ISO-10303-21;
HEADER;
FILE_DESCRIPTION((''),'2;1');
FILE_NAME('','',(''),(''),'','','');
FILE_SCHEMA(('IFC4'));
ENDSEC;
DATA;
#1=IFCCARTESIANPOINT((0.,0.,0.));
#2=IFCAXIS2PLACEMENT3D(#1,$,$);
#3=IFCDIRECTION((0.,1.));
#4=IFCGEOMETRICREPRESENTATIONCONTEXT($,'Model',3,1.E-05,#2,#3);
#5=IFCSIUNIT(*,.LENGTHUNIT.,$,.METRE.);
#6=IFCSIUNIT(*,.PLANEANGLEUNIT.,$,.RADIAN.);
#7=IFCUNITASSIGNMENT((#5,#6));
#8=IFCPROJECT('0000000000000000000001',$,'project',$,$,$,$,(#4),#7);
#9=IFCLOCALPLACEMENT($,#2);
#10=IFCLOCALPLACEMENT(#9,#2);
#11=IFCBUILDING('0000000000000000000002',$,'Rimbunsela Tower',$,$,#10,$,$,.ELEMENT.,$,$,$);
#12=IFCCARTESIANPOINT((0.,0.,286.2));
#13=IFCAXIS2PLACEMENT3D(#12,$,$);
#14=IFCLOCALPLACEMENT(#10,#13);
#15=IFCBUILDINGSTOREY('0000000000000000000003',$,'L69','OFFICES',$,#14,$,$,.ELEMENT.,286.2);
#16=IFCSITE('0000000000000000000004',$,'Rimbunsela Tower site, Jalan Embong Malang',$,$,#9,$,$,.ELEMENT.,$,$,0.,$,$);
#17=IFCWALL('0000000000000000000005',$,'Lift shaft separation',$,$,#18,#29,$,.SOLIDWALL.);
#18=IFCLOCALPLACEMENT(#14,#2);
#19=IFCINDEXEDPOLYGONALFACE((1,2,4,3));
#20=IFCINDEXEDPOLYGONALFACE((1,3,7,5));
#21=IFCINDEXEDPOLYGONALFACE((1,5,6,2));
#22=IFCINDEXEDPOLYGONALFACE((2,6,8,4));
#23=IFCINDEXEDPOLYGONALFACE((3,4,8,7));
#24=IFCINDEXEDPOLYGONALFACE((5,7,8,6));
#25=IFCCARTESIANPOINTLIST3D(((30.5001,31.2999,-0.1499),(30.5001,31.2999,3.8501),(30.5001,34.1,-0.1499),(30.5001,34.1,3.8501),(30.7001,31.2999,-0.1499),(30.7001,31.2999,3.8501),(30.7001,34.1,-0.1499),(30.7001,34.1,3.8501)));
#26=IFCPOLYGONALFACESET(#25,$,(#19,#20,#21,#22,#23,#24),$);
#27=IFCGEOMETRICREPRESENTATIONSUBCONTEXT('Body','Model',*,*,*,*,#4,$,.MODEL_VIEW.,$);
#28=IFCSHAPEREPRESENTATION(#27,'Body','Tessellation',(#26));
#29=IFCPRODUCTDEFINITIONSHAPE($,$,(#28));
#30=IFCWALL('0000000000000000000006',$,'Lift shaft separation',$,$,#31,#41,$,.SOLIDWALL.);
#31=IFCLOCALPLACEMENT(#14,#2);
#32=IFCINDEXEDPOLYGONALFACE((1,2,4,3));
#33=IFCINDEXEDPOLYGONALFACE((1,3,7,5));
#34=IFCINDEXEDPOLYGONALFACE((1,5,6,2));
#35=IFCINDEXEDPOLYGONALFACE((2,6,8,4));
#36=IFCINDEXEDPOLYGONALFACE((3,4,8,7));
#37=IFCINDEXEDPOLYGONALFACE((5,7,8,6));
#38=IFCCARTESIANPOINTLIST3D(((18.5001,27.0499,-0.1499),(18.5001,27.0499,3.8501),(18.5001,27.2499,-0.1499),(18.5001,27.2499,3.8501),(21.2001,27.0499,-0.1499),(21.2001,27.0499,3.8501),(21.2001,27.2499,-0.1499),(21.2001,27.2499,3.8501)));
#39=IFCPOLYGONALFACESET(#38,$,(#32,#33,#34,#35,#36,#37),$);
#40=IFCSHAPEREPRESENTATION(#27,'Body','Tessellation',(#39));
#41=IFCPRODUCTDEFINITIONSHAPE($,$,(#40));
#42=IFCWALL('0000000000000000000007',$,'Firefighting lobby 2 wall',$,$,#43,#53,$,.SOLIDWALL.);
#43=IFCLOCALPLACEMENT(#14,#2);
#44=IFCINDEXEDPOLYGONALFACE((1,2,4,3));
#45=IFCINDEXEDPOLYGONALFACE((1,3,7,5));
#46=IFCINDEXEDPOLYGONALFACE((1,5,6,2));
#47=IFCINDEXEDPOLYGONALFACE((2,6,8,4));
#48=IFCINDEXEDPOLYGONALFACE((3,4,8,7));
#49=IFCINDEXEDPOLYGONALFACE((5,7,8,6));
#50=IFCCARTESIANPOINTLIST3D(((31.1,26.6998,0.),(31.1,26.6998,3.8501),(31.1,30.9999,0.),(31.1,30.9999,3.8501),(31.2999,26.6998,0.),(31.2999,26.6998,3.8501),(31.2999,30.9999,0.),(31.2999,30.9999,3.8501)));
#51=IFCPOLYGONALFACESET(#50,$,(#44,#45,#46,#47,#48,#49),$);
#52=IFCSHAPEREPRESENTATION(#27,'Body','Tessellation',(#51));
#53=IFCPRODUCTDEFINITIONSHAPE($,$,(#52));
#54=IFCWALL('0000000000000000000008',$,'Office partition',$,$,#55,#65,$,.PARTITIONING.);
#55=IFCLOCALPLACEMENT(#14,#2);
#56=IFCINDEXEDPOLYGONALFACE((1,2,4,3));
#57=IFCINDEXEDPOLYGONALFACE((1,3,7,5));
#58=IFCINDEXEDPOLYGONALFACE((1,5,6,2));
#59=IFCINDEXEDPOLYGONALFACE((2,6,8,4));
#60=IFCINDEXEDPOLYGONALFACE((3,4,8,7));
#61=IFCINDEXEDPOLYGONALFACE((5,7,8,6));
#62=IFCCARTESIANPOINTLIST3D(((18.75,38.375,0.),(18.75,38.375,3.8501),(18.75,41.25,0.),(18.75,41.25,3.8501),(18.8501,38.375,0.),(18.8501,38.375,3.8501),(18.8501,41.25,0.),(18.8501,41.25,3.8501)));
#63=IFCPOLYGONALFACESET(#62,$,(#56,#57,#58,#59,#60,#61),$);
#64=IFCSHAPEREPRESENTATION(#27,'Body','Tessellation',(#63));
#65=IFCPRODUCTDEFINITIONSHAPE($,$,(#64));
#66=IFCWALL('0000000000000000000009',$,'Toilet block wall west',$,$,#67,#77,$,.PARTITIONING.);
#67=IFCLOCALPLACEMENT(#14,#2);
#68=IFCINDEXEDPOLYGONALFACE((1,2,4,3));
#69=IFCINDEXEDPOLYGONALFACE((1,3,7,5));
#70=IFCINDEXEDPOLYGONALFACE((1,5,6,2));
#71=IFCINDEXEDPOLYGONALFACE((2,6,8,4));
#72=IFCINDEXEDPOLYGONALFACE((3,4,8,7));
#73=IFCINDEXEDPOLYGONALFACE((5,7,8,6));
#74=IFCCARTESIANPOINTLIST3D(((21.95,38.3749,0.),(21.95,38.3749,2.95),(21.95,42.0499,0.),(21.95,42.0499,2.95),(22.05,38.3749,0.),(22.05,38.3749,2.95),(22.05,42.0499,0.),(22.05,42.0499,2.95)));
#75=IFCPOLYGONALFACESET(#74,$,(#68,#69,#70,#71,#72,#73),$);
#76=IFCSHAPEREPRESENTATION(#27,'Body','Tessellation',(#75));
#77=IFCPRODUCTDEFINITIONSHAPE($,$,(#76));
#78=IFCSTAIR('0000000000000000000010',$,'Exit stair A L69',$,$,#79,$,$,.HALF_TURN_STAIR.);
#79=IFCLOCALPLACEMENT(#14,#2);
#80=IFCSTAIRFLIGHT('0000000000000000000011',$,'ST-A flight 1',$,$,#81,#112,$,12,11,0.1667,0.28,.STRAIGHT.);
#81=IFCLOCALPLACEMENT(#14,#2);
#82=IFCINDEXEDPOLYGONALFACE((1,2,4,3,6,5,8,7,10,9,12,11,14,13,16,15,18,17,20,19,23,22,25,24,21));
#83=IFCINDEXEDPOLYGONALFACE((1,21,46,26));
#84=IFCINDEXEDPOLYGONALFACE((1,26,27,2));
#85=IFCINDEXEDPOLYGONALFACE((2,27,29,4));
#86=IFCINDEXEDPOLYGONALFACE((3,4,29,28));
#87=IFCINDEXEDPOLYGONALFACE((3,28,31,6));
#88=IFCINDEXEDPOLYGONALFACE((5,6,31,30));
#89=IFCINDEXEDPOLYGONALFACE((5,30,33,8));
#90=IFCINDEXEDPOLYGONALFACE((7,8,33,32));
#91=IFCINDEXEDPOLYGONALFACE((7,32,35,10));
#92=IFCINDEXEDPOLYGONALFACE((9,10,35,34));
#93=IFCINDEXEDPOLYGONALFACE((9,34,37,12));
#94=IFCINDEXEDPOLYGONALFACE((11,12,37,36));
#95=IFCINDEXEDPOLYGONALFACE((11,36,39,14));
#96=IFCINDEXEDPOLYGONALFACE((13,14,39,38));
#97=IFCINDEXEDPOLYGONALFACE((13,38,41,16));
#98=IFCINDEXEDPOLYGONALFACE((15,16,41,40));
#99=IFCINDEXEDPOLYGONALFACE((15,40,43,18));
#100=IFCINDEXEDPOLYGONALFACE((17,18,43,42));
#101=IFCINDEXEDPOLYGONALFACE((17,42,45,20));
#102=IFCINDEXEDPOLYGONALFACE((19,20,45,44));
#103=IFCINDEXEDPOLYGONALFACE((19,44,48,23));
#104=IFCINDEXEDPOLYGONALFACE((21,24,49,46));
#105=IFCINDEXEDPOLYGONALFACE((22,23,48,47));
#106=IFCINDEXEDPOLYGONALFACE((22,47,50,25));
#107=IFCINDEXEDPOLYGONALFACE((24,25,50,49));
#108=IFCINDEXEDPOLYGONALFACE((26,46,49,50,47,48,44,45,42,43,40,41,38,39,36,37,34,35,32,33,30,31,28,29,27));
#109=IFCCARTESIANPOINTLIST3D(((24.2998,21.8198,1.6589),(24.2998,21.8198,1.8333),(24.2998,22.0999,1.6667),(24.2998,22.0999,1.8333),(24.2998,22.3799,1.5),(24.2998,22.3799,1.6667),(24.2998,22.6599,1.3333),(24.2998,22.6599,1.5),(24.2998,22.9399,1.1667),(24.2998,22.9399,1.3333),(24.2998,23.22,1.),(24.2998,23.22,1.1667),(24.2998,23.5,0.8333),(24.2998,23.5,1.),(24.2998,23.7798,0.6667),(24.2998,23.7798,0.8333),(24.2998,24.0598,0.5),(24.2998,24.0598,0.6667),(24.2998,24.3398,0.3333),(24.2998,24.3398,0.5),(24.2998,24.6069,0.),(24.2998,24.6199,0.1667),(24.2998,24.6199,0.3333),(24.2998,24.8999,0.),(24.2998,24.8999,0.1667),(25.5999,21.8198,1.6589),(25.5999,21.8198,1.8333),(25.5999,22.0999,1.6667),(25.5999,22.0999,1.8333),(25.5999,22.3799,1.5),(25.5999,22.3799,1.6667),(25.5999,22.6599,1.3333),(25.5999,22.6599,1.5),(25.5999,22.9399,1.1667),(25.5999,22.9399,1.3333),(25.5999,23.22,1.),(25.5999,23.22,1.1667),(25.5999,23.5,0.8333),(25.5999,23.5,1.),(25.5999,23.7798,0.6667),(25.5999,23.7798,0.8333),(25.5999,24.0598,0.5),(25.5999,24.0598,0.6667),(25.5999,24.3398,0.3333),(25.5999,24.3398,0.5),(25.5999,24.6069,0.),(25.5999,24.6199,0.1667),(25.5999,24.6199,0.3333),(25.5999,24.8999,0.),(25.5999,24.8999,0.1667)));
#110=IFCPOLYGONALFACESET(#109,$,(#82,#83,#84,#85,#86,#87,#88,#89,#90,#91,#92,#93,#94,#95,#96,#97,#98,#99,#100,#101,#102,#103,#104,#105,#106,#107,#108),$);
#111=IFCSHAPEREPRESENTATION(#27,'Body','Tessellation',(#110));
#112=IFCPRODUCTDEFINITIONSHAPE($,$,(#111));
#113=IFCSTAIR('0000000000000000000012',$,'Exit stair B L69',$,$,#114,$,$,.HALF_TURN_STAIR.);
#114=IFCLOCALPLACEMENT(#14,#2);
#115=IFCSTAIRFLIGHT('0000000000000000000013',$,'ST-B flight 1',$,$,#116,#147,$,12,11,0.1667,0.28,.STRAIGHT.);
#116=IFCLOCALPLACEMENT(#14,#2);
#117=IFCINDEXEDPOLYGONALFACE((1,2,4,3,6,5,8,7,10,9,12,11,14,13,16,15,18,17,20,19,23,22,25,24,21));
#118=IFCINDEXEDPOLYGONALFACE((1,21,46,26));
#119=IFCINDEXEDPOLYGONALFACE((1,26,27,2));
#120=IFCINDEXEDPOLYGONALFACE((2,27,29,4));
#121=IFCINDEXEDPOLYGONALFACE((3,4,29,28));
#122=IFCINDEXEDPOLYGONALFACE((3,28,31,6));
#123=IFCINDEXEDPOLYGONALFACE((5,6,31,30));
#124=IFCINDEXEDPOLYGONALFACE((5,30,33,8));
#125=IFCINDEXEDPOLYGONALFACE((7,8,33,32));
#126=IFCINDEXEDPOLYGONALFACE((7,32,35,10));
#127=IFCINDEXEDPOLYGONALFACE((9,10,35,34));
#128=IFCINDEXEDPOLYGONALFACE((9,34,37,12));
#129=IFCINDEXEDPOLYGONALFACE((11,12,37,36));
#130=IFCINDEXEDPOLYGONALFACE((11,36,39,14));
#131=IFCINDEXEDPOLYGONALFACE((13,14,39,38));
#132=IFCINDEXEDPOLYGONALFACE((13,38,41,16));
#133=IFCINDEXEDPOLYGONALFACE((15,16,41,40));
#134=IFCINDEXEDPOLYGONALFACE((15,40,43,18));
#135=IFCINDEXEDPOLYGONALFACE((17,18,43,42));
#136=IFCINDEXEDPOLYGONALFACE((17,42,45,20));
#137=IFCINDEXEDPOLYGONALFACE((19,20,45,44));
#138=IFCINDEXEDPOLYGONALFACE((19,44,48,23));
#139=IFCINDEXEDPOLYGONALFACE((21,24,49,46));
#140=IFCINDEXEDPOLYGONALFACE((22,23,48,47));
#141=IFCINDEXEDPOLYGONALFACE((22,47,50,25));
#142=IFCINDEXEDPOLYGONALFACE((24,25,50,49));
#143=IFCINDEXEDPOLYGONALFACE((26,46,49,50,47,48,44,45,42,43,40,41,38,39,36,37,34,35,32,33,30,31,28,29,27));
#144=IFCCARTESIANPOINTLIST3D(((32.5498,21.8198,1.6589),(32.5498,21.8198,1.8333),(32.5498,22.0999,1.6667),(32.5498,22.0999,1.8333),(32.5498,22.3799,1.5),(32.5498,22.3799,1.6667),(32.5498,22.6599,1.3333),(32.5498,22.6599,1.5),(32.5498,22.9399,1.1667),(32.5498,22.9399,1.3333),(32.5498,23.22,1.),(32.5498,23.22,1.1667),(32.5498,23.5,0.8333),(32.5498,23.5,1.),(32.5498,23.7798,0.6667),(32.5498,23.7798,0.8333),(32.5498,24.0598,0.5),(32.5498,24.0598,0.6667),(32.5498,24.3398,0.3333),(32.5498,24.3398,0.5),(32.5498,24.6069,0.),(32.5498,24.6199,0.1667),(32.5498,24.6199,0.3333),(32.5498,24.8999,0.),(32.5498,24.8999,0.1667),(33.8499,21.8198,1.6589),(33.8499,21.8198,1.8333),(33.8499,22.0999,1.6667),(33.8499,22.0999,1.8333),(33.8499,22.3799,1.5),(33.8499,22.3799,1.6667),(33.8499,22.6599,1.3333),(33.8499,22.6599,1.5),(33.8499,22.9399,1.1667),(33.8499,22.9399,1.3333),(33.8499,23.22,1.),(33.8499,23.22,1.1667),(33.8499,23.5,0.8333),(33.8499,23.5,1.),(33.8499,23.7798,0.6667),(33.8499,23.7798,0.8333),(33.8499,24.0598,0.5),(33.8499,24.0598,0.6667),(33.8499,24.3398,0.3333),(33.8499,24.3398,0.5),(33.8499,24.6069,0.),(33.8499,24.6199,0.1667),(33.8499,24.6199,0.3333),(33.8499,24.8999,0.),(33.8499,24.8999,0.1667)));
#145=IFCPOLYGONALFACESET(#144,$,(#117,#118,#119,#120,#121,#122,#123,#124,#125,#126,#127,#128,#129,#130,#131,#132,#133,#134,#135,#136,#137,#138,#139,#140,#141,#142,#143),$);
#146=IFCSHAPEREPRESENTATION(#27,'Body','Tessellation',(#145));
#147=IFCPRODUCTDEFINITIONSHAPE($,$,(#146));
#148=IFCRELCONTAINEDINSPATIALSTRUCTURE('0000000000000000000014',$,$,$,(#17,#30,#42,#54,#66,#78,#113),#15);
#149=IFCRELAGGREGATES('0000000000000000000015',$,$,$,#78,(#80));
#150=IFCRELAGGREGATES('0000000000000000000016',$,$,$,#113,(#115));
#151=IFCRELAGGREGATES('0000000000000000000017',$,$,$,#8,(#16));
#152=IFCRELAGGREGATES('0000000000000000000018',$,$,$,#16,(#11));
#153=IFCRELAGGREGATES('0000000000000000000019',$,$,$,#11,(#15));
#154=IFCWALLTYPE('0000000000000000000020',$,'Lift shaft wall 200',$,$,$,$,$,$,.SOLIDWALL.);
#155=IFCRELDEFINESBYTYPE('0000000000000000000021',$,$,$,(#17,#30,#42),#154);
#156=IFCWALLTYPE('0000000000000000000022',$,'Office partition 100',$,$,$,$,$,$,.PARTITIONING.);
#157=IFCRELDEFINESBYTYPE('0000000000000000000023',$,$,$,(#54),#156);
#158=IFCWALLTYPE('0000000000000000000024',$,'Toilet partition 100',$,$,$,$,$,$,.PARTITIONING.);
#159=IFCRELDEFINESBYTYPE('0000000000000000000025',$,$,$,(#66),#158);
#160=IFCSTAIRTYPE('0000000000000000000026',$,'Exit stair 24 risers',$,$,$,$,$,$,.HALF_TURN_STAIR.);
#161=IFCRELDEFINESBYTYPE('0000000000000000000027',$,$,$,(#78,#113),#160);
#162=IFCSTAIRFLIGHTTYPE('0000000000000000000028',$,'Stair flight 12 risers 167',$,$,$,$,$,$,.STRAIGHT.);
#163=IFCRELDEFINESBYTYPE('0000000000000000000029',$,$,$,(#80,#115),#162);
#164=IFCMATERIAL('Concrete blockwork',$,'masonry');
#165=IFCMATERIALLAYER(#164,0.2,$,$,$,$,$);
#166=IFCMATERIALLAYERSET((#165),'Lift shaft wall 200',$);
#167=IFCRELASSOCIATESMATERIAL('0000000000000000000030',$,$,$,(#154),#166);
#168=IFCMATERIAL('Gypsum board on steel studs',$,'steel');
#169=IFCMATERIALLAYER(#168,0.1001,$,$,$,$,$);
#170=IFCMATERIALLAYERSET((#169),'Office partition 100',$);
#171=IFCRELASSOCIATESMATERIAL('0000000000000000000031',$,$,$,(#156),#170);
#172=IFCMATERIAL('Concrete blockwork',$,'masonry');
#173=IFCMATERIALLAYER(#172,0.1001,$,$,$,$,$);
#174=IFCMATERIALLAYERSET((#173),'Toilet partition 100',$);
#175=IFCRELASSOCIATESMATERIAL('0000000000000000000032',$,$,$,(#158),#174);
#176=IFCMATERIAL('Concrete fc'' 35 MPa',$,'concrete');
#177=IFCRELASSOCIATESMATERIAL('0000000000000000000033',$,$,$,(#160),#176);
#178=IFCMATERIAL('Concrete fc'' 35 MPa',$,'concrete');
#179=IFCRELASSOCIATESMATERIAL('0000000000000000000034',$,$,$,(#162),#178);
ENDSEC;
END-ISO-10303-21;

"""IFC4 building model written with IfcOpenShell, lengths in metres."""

from ifc_helpers import new_model, si_unit, direction, frame, frame_2d, origin, place, context, subcontext, project, spatial, polyline, rectangle, outline, extrude, material, layer, layer_set, type_object, element, aggregate, save


model = new_model("IFC4")

# Units and contexts
model_context = context("Model", 3, precision=1e-05, world=origin(), true_north=direction((0.0, 1.0)))
body_context = subcontext(model_context, "Body", "Model", "MODEL_VIEW")
ifc_project = project(units=[si_unit("LENGTHUNIT", "METRE"), si_unit("PLANEANGLEUNIT", "RADIAN")], contexts=[model_context])

# Site, building, storey
site_placement = place(None, origin())
site = spatial("IfcSite", under=ifc_project, at=site_placement, Name="Rimbunsela Tower site, Jalan Embong Malang", CompositionType="ELEMENT", RefElevation=0.0)
building_placement = place(site_placement, origin())
building = spatial("IfcBuilding", under=site, at=building_placement, Name="Rimbunsela Tower", CompositionType="ELEMENT")
storey_placement = place(building_placement, frame((0.0, 0.0, 286.2)))
storey = spatial("IfcBuildingStorey", under=building, at=storey_placement, Name="L69", Description="OFFICES", CompositionType="ELEMENT", Elevation=286.2)

# Walls
ifc_material_1 = material(Name="Concrete blockwork", Category="masonry")
ifc_layer_1 = layer(ifc_material_1, 0.2)
ifc_layer_set_1 = layer_set([ifc_layer_1], Name="Lift shaft wall 200")
wall_type_1 = type_object("IfcWallType", Name="Lift shaft wall 200", PredefinedType="SOLIDWALL", material=ifc_layer_set_1)
wall_1_placement = place(storey_placement, frame((30.6001, 31.3, -0.1499), z_axis=(0.0, 0.0, 1.0), x_axis=(0.0, 1.0, 0.0)))
element("IfcWall", 1, at=wall_1_placement, inside=storey, type_object=wall_type_1, Name="Lift shaft separation", PredefinedType="SOLIDWALL", context=body_context, shape_type="SweptSolid", body=[
    extrude(rectangle(XDim=2.8, YDim=0.2, at=frame_2d((1.3999, 0.0))), origin(), (0.0, 0.0, 1.0), 4.0),
])
wall_2_placement = place(storey_placement, frame((18.5, 27.1499, -0.1499), z_axis=(0.0, 0.0, 1.0), x_axis=(1.0, 0.0, 0.0)))
element("IfcWall", 2, at=wall_2_placement, inside=storey, type_object=wall_type_1, Name="Lift shaft separation", PredefinedType="SOLIDWALL", context=body_context, shape_type="SweptSolid", body=[
    extrude(rectangle(XDim=2.7, YDim=0.2, at=frame_2d((1.3501, 0.0))), origin(), (0.0, 0.0, 1.0), 4.0),
])
wall_3_placement = place(storey_placement, frame((31.2, 26.7, 0.0), z_axis=(0.0, 0.0, 1.0), x_axis=(0.0, 1.0, 0.0)))
element("IfcWall", 3, at=wall_3_placement, inside=storey, type_object=wall_type_1, Name="Firefighting lobby 2 wall", PredefinedType="SOLIDWALL", context=body_context, shape_type="SweptSolid", body=[
    extrude(rectangle(XDim=4.3, YDim=0.2, at=frame_2d((2.1499, 0.0))), origin(), (0.0, 0.0, 1.0), 3.8501),
])
ifc_material_2 = material(Name="Gypsum board on steel studs", Category="steel")
ifc_layer_2 = layer(ifc_material_2, 0.1001)
ifc_layer_set_2 = layer_set([ifc_layer_2], Name="Office partition 100")
wall_type_2 = type_object("IfcWallType", Name="Office partition 100", PredefinedType="PARTITIONING", material=ifc_layer_set_2)
wall_4_placement = place(storey_placement, frame((18.8, 38.375, 0.0), z_axis=(0.0, 0.0, 1.0), x_axis=(0.0, 1.0, 0.0)))
element("IfcWall", 4, at=wall_4_placement, inside=storey, type_object=wall_type_2, Name="Office partition", PredefinedType="PARTITIONING", context=body_context, shape_type="SweptSolid", body=[
    extrude(rectangle(XDim=2.875, YDim=0.1001, at=frame_2d((1.4375, 0.0))), origin(), (0.0, 0.0, 1.0), 3.8501),
])
ifc_material_3 = material(Name="Concrete blockwork", Category="masonry")
ifc_layer_3 = layer(ifc_material_3, 0.1001)
ifc_layer_set_3 = layer_set([ifc_layer_3], Name="Toilet partition 100")
wall_type_3 = type_object("IfcWallType", Name="Toilet partition 100", PredefinedType="PARTITIONING", material=ifc_layer_set_3)
wall_5_placement = place(storey_placement, frame((22.0, 38.375, 0.0), z_axis=(0.0, 0.0, 1.0), x_axis=(0.0, 1.0, 0.0)))
element("IfcWall", 5, at=wall_5_placement, inside=storey, type_object=wall_type_3, Name="Toilet block wall west", PredefinedType="PARTITIONING", context=body_context, shape_type="SweptSolid", body=[
    extrude(rectangle(XDim=3.675, YDim=0.1001, at=frame_2d((1.8374, 0.0))), origin(), (0.0, 0.0, 1.0), 2.95),
])

# Stairs, stair flights
ifc_material_4 = material(Name="Concrete fc' 35 MPa", Category="concrete")
stair_type = type_object("IfcStairType", Name="Exit stair 24 risers", PredefinedType="HALF_TURN_STAIR", material=ifc_material_4)
stair_1_placement = place(storey_placement, origin())
stair_1 = element("IfcStair", 6, at=stair_1_placement, inside=storey, type_object=stair_type, Name="Exit stair A L69", PredefinedType="HALF_TURN_STAIR")
ifc_material_5 = material(Name="Concrete fc' 35 MPa", Category="concrete")
stair_flight_type = type_object("IfcStairFlightType", Name="Stair flight 12 risers 167", PredefinedType="STRAIGHT", material=ifc_material_5)
stair_flight_1_placement = place(storey_placement, frame((24.95, 24.8999, 0.0), z_axis=(0.0, 0.0, 1.0), x_axis=(0.0, -1.0, 0.0)))
stair_flight_1 = element("IfcStairFlight", 7, at=stair_flight_1_placement, type_object=stair_flight_type, Name="ST-A flight 1", NumberOfRisers=12, NumberOfTreads=11, PredefinedType="STRAIGHT", RiserHeight=0.1667, TreadLength=0.28, context=body_context, shape_type="SweptSolid", body=[
    extrude(outline(polyline([(0.0, 0.0), (0.0, 0.1667), (0.28, 0.1667), (0.28, 0.3333), (0.5601, 0.3333), (0.5601, 0.5), (0.8401, 0.5), (0.8401, 0.6667), (1.1201, 0.6667), (1.1201, 0.8333), (1.3999, 0.8333), (1.3999, 1.0), (1.6799, 1.0), (1.6799, 1.1667), (1.96, 1.1667), (1.96, 1.3333), (2.24, 1.3333), (2.24, 1.5), (2.52, 1.5), (2.52, 1.6667), (2.8, 1.6667), (2.8, 1.8333), (3.0801, 1.8333), (3.0801, 2.0), (3.0801, 1.6589), (0.293, 0.0), (0.0, 0.0)])), frame((0.0, 0.6499, 0.0), z_axis=(0.0, -1.0, 0.0), x_axis=(1.0, 0.0, 0.0)), (0.0, 0.0, 1.0), 1.3),
])
aggregate(stair_1, [stair_flight_1])
stair_2_placement = place(storey_placement, origin())
stair_2 = element("IfcStair", 8, at=stair_2_placement, inside=storey, type_object=stair_type, Name="Exit stair B L69", PredefinedType="HALF_TURN_STAIR")
stair_flight_2_placement = place(storey_placement, frame((33.2, 24.8999, 0.0), z_axis=(0.0, 0.0, 1.0), x_axis=(0.0, -1.0, 0.0)))
stair_flight_2 = element("IfcStairFlight", 9, at=stair_flight_2_placement, type_object=stair_flight_type, Name="ST-B flight 1", NumberOfRisers=12, NumberOfTreads=11, PredefinedType="STRAIGHT", RiserHeight=0.1667, TreadLength=0.28, context=body_context, shape_type="SweptSolid", body=[
    extrude(outline(polyline([(0.0, 0.0), (0.0, 0.1667), (0.28, 0.1667), (0.28, 0.3333), (0.5601, 0.3333), (0.5601, 0.5), (0.8401, 0.5), (0.8401, 0.6667), (1.1201, 0.6667), (1.1201, 0.8333), (1.3999, 0.8333), (1.3999, 1.0), (1.6799, 1.0), (1.6799, 1.1667), (1.96, 1.1667), (1.96, 1.3333), (2.24, 1.3333), (2.24, 1.5), (2.52, 1.5), (2.52, 1.6667), (2.8, 1.6667), (2.8, 1.8333), (3.0801, 1.8333), (3.0801, 2.0), (3.0801, 1.6589), (0.293, 0.0), (0.0, 0.0)])), frame((0.0, 0.6499, 0.0), z_axis=(0.0, -1.0, 0.0), x_axis=(1.0, 0.0, 0.0)), (0.0, 0.0, 1.0), 1.3),
])
aggregate(stair_2, [stair_flight_2])

save(model, "model.ifc")
